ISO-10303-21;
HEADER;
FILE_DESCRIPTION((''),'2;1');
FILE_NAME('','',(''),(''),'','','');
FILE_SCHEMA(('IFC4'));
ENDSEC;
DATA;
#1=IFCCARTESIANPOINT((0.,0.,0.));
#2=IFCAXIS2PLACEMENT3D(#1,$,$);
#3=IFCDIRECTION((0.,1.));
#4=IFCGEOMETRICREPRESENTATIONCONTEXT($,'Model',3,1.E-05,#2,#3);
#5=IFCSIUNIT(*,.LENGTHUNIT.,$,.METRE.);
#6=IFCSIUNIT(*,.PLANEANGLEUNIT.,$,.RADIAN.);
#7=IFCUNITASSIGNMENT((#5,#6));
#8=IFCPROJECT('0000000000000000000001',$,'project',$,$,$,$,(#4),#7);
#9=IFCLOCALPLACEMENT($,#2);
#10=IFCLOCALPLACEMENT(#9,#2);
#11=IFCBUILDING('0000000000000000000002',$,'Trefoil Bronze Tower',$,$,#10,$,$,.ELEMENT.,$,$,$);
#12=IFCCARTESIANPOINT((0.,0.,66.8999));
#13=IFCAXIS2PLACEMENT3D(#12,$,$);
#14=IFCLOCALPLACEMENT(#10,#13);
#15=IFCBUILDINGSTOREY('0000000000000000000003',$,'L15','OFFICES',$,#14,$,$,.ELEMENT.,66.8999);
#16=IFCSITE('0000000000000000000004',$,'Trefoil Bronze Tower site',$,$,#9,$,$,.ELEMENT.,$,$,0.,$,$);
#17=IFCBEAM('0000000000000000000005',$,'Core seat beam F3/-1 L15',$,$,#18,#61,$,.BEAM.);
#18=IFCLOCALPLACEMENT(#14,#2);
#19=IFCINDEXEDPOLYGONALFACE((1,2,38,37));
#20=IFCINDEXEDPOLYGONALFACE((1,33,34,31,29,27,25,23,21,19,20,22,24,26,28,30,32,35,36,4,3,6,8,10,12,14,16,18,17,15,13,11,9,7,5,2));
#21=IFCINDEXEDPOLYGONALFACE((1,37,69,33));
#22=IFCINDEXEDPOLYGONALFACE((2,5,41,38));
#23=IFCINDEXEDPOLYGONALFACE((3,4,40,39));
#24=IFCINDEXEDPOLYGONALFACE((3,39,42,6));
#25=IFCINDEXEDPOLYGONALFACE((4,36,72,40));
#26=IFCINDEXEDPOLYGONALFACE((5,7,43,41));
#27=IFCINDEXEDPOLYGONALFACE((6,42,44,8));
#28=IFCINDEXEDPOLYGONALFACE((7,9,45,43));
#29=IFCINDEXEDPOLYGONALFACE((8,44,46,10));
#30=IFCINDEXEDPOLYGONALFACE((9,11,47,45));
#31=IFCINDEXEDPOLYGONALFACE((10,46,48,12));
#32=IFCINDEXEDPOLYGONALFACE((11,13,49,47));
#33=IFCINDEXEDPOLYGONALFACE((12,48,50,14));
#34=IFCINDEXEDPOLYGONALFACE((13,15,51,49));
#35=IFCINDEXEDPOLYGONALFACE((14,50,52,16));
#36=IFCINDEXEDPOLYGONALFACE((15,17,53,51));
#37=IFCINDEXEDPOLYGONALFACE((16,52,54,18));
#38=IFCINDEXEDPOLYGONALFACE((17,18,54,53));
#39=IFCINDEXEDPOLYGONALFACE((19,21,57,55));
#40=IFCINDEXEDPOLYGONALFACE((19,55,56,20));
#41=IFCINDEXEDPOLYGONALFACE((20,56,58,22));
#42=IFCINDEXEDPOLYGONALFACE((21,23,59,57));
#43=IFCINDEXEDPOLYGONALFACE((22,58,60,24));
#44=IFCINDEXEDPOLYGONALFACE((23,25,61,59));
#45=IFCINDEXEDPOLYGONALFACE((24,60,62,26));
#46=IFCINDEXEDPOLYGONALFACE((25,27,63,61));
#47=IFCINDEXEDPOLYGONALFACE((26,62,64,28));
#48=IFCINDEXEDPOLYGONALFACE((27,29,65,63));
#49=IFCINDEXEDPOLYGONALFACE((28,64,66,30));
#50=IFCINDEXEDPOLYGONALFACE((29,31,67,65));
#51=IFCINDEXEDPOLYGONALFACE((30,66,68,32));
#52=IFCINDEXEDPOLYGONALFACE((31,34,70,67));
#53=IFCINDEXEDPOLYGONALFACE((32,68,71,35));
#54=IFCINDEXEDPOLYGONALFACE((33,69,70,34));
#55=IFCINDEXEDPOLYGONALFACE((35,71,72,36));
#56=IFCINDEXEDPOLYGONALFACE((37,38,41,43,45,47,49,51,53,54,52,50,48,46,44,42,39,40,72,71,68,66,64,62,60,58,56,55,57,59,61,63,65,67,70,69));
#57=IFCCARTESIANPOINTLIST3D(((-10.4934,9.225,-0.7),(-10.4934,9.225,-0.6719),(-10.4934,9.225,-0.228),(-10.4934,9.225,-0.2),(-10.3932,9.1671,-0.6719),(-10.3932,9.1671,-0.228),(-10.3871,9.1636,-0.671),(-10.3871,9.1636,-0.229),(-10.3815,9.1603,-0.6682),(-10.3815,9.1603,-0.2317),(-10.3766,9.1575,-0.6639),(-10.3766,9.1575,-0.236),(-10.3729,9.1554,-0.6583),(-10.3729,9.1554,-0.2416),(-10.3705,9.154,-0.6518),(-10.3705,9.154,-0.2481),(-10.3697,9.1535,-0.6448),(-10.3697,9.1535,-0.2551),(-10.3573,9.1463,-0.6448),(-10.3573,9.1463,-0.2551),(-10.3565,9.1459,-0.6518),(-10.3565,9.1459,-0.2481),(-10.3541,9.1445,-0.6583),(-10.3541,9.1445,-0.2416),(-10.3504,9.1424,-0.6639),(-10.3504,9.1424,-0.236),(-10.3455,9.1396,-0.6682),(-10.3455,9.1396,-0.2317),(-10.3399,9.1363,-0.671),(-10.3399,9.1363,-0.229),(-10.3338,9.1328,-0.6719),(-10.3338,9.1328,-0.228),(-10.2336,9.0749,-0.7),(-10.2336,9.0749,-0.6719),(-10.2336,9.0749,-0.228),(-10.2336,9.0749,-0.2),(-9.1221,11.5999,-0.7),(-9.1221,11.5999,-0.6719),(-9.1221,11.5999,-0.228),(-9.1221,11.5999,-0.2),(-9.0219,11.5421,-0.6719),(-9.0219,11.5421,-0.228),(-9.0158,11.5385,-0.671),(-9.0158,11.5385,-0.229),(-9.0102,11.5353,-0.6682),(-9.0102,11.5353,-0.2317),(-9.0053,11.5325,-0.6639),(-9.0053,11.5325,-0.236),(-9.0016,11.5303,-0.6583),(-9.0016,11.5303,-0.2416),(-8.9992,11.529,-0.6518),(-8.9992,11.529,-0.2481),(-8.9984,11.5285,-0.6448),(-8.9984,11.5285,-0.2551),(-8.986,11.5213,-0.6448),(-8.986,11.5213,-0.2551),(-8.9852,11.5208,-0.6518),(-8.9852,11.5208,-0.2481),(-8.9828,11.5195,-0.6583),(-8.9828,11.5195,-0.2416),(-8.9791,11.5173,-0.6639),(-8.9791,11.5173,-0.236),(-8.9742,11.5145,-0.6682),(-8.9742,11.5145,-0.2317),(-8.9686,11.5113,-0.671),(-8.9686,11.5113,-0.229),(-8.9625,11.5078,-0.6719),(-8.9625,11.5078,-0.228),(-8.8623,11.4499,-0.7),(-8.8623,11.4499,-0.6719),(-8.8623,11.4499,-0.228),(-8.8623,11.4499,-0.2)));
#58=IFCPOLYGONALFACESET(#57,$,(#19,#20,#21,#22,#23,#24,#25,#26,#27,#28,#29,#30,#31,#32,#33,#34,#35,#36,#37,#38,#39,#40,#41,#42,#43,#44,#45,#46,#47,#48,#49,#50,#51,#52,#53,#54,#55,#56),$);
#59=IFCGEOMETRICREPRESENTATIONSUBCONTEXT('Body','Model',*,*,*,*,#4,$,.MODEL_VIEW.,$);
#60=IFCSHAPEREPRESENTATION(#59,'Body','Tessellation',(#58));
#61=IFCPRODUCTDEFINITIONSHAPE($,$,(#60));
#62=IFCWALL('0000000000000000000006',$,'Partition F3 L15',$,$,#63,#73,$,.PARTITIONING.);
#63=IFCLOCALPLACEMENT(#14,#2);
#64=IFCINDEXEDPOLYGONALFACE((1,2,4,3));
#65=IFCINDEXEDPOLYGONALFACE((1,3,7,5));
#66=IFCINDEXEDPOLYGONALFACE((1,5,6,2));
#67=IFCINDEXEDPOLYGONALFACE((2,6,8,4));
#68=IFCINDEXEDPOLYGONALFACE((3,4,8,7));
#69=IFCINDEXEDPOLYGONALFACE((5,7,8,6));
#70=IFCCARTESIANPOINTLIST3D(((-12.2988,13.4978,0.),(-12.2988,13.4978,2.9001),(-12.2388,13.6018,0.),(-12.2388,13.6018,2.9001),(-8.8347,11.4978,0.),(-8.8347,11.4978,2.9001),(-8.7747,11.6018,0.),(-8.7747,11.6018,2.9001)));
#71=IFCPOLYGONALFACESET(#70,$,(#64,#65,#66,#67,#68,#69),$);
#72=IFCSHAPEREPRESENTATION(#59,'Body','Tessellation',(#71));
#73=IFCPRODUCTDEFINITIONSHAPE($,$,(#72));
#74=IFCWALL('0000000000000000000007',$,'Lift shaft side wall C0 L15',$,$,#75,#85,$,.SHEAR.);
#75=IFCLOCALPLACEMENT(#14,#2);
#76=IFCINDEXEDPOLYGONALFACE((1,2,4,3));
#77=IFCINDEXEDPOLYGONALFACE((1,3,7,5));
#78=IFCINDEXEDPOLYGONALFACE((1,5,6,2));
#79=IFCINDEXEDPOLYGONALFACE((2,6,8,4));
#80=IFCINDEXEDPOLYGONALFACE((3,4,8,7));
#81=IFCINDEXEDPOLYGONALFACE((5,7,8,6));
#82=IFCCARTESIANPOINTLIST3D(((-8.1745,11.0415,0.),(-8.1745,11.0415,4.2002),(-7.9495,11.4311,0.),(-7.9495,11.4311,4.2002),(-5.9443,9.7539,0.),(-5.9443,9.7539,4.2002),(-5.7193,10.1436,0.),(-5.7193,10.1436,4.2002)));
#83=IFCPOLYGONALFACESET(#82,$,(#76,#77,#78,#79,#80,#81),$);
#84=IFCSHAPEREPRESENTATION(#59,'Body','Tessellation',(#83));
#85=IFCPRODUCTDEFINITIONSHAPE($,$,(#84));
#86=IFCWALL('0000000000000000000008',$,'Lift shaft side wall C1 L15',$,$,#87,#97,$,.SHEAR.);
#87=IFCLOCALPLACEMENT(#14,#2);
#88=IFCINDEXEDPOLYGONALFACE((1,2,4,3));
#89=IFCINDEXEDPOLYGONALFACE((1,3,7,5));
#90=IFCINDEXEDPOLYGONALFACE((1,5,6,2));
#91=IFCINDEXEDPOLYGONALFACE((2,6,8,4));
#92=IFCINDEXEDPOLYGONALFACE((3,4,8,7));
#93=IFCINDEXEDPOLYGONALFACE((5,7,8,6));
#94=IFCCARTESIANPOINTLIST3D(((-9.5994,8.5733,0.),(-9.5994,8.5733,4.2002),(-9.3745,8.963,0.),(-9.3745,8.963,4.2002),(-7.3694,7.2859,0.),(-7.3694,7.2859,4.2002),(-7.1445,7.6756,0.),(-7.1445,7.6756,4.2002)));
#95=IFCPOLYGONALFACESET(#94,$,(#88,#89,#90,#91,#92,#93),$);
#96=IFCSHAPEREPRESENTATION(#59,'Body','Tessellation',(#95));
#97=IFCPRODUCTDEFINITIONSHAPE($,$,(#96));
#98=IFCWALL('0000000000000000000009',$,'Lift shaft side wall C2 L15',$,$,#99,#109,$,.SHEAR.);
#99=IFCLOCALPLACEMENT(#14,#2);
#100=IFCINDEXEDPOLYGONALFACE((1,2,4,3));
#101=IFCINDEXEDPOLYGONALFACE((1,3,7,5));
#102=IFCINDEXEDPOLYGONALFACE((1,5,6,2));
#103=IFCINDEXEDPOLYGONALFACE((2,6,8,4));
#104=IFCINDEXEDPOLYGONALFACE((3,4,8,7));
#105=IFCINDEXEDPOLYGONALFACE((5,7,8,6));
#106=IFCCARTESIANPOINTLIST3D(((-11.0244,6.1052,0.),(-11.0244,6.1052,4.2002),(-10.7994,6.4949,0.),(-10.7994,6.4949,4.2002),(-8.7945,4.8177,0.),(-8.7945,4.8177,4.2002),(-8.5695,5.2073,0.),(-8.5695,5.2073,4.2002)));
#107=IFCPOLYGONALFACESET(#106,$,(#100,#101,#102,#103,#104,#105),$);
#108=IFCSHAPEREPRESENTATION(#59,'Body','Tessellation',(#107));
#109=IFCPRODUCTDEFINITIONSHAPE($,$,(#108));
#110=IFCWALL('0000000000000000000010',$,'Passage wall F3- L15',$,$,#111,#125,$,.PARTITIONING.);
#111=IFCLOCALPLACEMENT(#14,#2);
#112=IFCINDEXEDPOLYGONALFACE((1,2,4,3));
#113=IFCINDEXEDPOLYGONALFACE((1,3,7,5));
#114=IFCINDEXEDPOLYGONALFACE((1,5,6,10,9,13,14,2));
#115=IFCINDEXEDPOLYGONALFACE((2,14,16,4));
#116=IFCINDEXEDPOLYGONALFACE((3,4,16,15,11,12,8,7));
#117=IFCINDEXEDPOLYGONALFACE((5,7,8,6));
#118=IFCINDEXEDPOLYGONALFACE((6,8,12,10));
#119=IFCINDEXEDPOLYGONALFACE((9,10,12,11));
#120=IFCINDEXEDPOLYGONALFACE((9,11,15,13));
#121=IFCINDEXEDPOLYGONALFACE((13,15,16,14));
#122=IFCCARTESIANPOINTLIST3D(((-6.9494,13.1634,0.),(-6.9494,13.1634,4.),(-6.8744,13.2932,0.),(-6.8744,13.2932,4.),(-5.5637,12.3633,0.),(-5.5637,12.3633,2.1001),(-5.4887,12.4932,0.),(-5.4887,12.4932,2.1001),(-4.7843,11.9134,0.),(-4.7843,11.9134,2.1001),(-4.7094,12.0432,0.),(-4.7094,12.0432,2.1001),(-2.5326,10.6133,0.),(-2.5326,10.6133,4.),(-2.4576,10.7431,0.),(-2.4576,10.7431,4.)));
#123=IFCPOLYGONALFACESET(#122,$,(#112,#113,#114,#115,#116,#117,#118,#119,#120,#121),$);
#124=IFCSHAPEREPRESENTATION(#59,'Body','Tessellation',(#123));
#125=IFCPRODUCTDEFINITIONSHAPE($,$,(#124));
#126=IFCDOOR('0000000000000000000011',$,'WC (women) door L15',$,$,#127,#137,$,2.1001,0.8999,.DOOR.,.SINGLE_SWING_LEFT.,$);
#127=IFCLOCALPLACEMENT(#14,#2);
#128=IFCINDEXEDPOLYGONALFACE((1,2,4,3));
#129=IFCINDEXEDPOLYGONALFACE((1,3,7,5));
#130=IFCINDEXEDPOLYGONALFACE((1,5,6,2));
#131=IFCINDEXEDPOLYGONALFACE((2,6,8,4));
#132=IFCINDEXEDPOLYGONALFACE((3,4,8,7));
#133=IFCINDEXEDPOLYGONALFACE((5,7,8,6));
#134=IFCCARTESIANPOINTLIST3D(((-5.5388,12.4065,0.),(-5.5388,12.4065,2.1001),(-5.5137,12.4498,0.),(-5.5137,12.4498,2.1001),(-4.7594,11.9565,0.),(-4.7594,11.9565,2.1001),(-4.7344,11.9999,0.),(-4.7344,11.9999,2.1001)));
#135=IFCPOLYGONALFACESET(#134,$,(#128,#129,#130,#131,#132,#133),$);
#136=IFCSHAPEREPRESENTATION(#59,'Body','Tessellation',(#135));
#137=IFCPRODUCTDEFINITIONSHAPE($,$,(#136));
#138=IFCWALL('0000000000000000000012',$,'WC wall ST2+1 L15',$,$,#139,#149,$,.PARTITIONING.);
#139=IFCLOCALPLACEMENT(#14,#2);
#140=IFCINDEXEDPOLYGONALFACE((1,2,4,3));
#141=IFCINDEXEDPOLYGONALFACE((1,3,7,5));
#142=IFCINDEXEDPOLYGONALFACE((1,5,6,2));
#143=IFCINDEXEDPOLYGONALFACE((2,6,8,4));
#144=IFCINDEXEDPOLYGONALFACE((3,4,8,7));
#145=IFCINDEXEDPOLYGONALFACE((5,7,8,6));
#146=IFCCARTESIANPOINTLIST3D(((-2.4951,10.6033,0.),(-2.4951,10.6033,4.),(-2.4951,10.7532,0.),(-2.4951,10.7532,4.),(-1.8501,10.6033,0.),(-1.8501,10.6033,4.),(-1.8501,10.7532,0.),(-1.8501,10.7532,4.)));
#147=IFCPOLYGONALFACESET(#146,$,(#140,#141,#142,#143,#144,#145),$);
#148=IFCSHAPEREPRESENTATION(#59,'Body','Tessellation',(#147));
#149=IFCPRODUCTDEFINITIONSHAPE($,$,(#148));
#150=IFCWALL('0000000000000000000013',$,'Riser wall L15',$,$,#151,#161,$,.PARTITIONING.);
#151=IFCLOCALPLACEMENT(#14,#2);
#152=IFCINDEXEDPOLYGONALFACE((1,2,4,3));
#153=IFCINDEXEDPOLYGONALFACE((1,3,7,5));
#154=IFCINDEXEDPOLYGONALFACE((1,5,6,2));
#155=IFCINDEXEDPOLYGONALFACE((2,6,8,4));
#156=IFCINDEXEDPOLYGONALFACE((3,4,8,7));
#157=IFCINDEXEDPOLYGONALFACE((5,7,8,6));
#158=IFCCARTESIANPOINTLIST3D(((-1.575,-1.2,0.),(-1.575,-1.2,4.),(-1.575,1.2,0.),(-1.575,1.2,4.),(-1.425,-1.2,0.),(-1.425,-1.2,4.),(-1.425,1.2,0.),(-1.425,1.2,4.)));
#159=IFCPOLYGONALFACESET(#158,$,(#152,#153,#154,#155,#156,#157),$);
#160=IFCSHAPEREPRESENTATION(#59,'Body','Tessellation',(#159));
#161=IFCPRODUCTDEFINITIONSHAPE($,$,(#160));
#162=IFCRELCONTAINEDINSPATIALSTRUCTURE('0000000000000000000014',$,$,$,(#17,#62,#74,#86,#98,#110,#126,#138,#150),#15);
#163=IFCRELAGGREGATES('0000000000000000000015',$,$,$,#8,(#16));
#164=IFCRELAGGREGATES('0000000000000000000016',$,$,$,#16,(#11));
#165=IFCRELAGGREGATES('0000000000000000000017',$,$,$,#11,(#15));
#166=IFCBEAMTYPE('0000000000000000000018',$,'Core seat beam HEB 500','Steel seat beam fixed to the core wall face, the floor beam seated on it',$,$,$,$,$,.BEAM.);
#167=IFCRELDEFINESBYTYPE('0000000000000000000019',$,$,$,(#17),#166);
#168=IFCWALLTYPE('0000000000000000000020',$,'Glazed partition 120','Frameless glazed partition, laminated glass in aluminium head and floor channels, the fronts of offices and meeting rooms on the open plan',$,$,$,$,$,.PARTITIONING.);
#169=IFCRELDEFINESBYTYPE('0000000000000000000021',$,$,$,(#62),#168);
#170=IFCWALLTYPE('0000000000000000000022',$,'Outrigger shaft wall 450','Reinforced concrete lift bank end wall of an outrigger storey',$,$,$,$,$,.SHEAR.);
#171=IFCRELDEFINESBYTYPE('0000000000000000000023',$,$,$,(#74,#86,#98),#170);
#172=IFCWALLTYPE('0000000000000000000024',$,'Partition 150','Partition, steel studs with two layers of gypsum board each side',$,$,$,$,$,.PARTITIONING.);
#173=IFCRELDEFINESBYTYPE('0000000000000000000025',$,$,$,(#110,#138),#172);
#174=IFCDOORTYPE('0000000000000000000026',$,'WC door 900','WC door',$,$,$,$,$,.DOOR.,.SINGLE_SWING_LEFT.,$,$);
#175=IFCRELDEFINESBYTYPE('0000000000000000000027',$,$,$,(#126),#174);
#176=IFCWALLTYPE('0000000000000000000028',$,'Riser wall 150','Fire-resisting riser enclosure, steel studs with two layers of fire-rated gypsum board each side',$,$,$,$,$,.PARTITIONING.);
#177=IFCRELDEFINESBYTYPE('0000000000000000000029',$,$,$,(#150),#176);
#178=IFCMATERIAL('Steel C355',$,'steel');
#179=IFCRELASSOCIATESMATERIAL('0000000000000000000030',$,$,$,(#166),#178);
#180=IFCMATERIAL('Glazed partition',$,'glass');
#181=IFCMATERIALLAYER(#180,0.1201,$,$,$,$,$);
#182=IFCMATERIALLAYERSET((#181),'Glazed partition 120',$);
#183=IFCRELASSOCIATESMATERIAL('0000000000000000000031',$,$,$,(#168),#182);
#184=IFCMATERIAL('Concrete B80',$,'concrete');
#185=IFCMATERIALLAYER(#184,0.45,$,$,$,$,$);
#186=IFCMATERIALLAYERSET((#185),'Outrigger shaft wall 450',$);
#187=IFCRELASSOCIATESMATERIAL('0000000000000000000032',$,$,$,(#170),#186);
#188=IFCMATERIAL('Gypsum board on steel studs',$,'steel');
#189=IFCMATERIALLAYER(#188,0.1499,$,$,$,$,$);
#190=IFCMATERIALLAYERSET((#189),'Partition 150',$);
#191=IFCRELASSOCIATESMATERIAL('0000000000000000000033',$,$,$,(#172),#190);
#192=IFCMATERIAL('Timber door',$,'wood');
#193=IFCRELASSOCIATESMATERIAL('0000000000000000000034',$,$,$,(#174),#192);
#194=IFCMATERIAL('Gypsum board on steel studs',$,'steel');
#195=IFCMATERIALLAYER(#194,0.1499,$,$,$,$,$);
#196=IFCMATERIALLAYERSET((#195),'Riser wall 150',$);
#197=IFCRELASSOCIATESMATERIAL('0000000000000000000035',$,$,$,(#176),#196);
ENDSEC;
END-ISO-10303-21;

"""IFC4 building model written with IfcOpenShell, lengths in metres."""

from ifc_helpers import new_model, si_unit, direction, frame, frame_2d, origin, origin_2d, place, context, subcontext, project, spatial, rectangle, i_section, extrude, material, layer, layer_set, material_profile, profile_set, type_object, element, fill, save


model = new_model("IFC4")

# Units and contexts
model_context = context("Model", 3, precision=1e-05, world=origin(), true_north=direction((0.0, 1.0)))
body_context = subcontext(model_context, "Body", "Model", "MODEL_VIEW")
ifc_project = project(units=[si_unit("LENGTHUNIT", "METRE"), si_unit("PLANEANGLEUNIT", "RADIAN")], contexts=[model_context])

# Site, building, storey
site_placement = place(None, origin())
site = spatial("IfcSite", under=ifc_project, at=site_placement, Name="Trefoil Bronze Tower site", CompositionType="ELEMENT", RefElevation=0.0)
building_placement = place(site_placement, origin())
building = spatial("IfcBuilding", under=site, at=building_placement, Name="Trefoil Bronze Tower", CompositionType="ELEMENT")
storey_placement = place(building_placement, frame((0.0, 0.0, 66.8999)))
storey = spatial("IfcBuildingStorey", under=building, at=storey_placement, Name="L15", Description="OFFICES", CompositionType="ELEMENT", Elevation=66.8999)

# Beam
ifc_material_1 = material(Name="Steel C355", Category="steel")
ifc_material_profile = material_profile(ifc_material_1, i_section(OverallWidth=0.3, OverallDepth=0.5, WebThickness=0.0144, FlangeThickness=0.0281, FilletRadius=0.0271, at=origin_2d()), Name="HEB 500")
ifc_profile_set = profile_set([ifc_material_profile], Name="Steel C355")
beam_type = type_object("IfcBeamType", Name="Core seat beam HEB 500", Description="Steel seat beam fixed to the core wall face, the floor beam seated on it", PredefinedType="BEAM", material=ifc_profile_set)
beam_placement = place(storey_placement, frame((-8.9922, 11.5249, -0.45), z_axis=(-0.500036, -0.866005, 0.0), x_axis=(0.866005, -0.500036, 0.0)))
element("IfcBeam", 1, at=beam_placement, inside=storey, type_object=beam_type, Name="Core seat beam F3/-1 L15", PredefinedType="BEAM", context=body_context, shape_type="SweptSolid", body=[
    extrude(i_section(OverallWidth=0.3, OverallDepth=0.5, WebThickness=0.0144, FlangeThickness=0.0281, FilletRadius=0.0271, at=origin_2d()), origin(), (0.0, 0.0, 1.0), 2.7424),
])

# Walls
ifc_material_2 = material(Name="Glazed partition", Category="glass")
ifc_layer_1 = layer(ifc_material_2, 0.1201)
ifc_layer_set_1 = layer_set([ifc_layer_1], Name="Glazed partition 120")
wall_type_1 = type_object("IfcWallType", Name="Glazed partition 120", Description="Frameless glazed partition, laminated glass in aluminium head and floor channels, the fronts of offices and meeting rooms on the open plan", PredefinedType="PARTITIONING", material=ifc_layer_set_1)
wall_1_placement = place(storey_placement, frame((-8.8047, 11.5498, 0.0), z_axis=(0.0, 0.0, 1.0), x_axis=(-0.866026, 0.499999, 0.0)))
element("IfcWall", 2, at=wall_1_placement, inside=storey, type_object=wall_type_1, Name="Partition F3 L15", PredefinedType="PARTITIONING", context=body_context, shape_type="SweptSolid", body=[
    extrude(rectangle(XDim=4.0, YDim=0.1201, at=frame_2d((2.0, 0.0))), origin(), (0.0, 0.0, 1.0), 2.9001),
])
ifc_material_3 = material(Name="Concrete B80", Category="concrete")
ifc_layer_2 = layer(ifc_material_3, 0.45)
ifc_layer_set_2 = layer_set([ifc_layer_2], Name="Outrigger shaft wall 450")
wall_type_2 = type_object("IfcWallType", Name="Outrigger shaft wall 450", Description="Reinforced concrete lift bank end wall of an outrigger storey", PredefinedType="SHEAR", material=ifc_layer_set_2)
wall_2_placement = place(storey_placement, frame((-5.8318, 9.9487, 0.0), z_axis=(0.0, 0.0, 1.0), x_axis=(-0.866029, 0.499993, 0.0)))
element("IfcWall", 3, at=wall_2_placement, inside=storey, type_object=wall_type_2, Name="Lift shaft side wall C0 L15", PredefinedType="SHEAR", context=body_context, shape_type="SweptSolid", body=[
    extrude(rectangle(XDim=2.5752, YDim=0.45, at=frame_2d((1.2876, 0.0))), origin(), (0.0, 0.0, 1.0), 4.2002),
])
for number, where, z_axis, x_axis, name in (
    (4, (-7.2568, 7.4807, 0.0), (0.0, 0.0, 1.0), (-0.866047, 0.499963, 0.0), "Lift shaft side wall C1 L15"),
    (5, (-8.6819, 5.0125, 0.0), (0.0, 0.0, 1.0), (-0.866006, 0.500034, 0.0), "Lift shaft side wall C2 L15"),
):
    element("IfcWall", number, at=place(storey_placement, frame(where, z_axis=z_axis, x_axis=x_axis)), inside=storey, type_object=wall_type_2, Name=name, PredefinedType="SHEAR", context=body_context, shape_type="SweptSolid", body=[
        extrude(rectangle(XDim=2.575, YDim=0.45, at=frame_2d((1.2876, 0.0))), origin(), (0.0, 0.0, 1.0), 4.2002),
    ])

# Wall, opening, door
ifc_material_4 = material(Name="Gypsum board on steel studs", Category="steel")
ifc_layer_3 = layer(ifc_material_4, 0.1499)
ifc_layer_set_3 = layer_set([ifc_layer_3], Name="Partition 150")
wall_type_3 = type_object("IfcWallType", Name="Partition 150", Description="Partition, steel studs with two layers of gypsum board each side", PredefinedType="PARTITIONING", material=ifc_layer_set_3)
wall_3_placement = place(storey_placement, frame((-2.4951, 10.6782, 0.0), z_axis=(0.0, 0.0, 1.0), x_axis=(-0.866022, 0.500006, 0.0)))
wall_3 = element("IfcWall", 6, at=wall_3_placement, inside=storey, type_object=wall_type_3, Name="Passage wall F3- L15", PredefinedType="PARTITIONING", context=body_context, shape_type="SweptSolid", body=[
    extrude(rectangle(XDim=5.1001, YDim=0.1499, at=frame_2d((2.55, 0.0))), origin(), (0.0, 0.0, 1.0), 4.0),
])
opening_1_placement = place(wall_3_placement, frame((2.6001, 0.0, 0.0)))
opening_1 = element("IfcOpeningElement", 7, at=opening_1_placement, cuts=wall_3, PredefinedType="OPENING", context=body_context, shape_type="SweptSolid", body=[
    extrude(rectangle(XDim=0.8999, YDim=2.1001, at=frame_2d((0.45, 1.05))), frame((0.0, 0.085, 0.0), z_axis=(0.0, -1.0, 0.0), x_axis=(1.0, 0.0, 0.0)), (0.0, 0.0, 1.0), 0.1699),
])
ifc_material_5 = material(Name="Timber door", Category="wood")
door_type_1 = type_object("IfcDoorType", Name="WC door 900", Description="WC door", OperationType="SINGLE_SWING_LEFT", PredefinedType="DOOR", material=ifc_material_5)
door_1_placement = place(opening_1_placement, frame((0.8999, 0.0, 0.0), z_axis=(0.0, 0.0, 1.0), x_axis=(-1.0, 0.0, 0.0)))
door_1 = element("IfcDoor", 8, at=door_1_placement, inside=storey, type_object=door_type_1, Name="WC (women) door L15", OperationType="SINGLE_SWING_LEFT", OverallHeight=2.1001, OverallWidth=0.8999, PredefinedType="DOOR", context=body_context, shape_type="SweptSolid", body=[
    extrude(rectangle(XDim=0.8999, YDim=2.1001, at=frame_2d((0.45, 1.05))), frame((0.0, 0.0249, 0.0), z_axis=(0.0, -1.0, 0.0), x_axis=(1.0, 0.0, 0.0)), (0.0, 0.0, 1.0), 0.05),
])
fill(opening_1, door_1)

# Walls
wall_4_placement = place(storey_placement, frame((-2.4951, 10.6782, 0.0), z_axis=(0.0, 0.0, 1.0), x_axis=(1.0, 0.0, 0.0)))
element("IfcWall", 9, at=wall_4_placement, inside=storey, type_object=wall_type_3, Name="WC wall ST2+1 L15", PredefinedType="PARTITIONING", context=body_context, shape_type="SweptSolid", body=[
    extrude(rectangle(XDim=0.645, YDim=0.1499, at=frame_2d((0.3225, 0.0))), origin(), (0.0, 0.0, 1.0), 4.0),
])
ifc_material_6 = material(Name="Gypsum board on steel studs", Category="steel")
ifc_layer_4 = layer(ifc_material_6, 0.1499)
ifc_layer_set_4 = layer_set([ifc_layer_4], Name="Riser wall 150")
wall_type_4 = type_object("IfcWallType", Name="Riser wall 150", Description="Fire-resisting riser enclosure, steel studs with two layers of fire-rated gypsum board each side", PredefinedType="PARTITIONING", material=ifc_layer_set_4)
wall_5_placement = place(storey_placement, frame((-1.5, 1.2, 0.0), z_axis=(0.0, 0.0, 1.0), x_axis=(0.0, -1.0, 0.0)))
element("IfcWall", 10, at=wall_5_placement, inside=storey, type_object=wall_type_4, Name="Riser wall L15", PredefinedType="PARTITIONING", context=body_context, shape_type="SweptSolid", body=[
    extrude(rectangle(XDim=2.3999, YDim=0.1499, at=frame_2d((1.2, 0.0))), origin(), (0.0, 0.0, 1.0), 4.0),
])

save(model, "model.ifc")
